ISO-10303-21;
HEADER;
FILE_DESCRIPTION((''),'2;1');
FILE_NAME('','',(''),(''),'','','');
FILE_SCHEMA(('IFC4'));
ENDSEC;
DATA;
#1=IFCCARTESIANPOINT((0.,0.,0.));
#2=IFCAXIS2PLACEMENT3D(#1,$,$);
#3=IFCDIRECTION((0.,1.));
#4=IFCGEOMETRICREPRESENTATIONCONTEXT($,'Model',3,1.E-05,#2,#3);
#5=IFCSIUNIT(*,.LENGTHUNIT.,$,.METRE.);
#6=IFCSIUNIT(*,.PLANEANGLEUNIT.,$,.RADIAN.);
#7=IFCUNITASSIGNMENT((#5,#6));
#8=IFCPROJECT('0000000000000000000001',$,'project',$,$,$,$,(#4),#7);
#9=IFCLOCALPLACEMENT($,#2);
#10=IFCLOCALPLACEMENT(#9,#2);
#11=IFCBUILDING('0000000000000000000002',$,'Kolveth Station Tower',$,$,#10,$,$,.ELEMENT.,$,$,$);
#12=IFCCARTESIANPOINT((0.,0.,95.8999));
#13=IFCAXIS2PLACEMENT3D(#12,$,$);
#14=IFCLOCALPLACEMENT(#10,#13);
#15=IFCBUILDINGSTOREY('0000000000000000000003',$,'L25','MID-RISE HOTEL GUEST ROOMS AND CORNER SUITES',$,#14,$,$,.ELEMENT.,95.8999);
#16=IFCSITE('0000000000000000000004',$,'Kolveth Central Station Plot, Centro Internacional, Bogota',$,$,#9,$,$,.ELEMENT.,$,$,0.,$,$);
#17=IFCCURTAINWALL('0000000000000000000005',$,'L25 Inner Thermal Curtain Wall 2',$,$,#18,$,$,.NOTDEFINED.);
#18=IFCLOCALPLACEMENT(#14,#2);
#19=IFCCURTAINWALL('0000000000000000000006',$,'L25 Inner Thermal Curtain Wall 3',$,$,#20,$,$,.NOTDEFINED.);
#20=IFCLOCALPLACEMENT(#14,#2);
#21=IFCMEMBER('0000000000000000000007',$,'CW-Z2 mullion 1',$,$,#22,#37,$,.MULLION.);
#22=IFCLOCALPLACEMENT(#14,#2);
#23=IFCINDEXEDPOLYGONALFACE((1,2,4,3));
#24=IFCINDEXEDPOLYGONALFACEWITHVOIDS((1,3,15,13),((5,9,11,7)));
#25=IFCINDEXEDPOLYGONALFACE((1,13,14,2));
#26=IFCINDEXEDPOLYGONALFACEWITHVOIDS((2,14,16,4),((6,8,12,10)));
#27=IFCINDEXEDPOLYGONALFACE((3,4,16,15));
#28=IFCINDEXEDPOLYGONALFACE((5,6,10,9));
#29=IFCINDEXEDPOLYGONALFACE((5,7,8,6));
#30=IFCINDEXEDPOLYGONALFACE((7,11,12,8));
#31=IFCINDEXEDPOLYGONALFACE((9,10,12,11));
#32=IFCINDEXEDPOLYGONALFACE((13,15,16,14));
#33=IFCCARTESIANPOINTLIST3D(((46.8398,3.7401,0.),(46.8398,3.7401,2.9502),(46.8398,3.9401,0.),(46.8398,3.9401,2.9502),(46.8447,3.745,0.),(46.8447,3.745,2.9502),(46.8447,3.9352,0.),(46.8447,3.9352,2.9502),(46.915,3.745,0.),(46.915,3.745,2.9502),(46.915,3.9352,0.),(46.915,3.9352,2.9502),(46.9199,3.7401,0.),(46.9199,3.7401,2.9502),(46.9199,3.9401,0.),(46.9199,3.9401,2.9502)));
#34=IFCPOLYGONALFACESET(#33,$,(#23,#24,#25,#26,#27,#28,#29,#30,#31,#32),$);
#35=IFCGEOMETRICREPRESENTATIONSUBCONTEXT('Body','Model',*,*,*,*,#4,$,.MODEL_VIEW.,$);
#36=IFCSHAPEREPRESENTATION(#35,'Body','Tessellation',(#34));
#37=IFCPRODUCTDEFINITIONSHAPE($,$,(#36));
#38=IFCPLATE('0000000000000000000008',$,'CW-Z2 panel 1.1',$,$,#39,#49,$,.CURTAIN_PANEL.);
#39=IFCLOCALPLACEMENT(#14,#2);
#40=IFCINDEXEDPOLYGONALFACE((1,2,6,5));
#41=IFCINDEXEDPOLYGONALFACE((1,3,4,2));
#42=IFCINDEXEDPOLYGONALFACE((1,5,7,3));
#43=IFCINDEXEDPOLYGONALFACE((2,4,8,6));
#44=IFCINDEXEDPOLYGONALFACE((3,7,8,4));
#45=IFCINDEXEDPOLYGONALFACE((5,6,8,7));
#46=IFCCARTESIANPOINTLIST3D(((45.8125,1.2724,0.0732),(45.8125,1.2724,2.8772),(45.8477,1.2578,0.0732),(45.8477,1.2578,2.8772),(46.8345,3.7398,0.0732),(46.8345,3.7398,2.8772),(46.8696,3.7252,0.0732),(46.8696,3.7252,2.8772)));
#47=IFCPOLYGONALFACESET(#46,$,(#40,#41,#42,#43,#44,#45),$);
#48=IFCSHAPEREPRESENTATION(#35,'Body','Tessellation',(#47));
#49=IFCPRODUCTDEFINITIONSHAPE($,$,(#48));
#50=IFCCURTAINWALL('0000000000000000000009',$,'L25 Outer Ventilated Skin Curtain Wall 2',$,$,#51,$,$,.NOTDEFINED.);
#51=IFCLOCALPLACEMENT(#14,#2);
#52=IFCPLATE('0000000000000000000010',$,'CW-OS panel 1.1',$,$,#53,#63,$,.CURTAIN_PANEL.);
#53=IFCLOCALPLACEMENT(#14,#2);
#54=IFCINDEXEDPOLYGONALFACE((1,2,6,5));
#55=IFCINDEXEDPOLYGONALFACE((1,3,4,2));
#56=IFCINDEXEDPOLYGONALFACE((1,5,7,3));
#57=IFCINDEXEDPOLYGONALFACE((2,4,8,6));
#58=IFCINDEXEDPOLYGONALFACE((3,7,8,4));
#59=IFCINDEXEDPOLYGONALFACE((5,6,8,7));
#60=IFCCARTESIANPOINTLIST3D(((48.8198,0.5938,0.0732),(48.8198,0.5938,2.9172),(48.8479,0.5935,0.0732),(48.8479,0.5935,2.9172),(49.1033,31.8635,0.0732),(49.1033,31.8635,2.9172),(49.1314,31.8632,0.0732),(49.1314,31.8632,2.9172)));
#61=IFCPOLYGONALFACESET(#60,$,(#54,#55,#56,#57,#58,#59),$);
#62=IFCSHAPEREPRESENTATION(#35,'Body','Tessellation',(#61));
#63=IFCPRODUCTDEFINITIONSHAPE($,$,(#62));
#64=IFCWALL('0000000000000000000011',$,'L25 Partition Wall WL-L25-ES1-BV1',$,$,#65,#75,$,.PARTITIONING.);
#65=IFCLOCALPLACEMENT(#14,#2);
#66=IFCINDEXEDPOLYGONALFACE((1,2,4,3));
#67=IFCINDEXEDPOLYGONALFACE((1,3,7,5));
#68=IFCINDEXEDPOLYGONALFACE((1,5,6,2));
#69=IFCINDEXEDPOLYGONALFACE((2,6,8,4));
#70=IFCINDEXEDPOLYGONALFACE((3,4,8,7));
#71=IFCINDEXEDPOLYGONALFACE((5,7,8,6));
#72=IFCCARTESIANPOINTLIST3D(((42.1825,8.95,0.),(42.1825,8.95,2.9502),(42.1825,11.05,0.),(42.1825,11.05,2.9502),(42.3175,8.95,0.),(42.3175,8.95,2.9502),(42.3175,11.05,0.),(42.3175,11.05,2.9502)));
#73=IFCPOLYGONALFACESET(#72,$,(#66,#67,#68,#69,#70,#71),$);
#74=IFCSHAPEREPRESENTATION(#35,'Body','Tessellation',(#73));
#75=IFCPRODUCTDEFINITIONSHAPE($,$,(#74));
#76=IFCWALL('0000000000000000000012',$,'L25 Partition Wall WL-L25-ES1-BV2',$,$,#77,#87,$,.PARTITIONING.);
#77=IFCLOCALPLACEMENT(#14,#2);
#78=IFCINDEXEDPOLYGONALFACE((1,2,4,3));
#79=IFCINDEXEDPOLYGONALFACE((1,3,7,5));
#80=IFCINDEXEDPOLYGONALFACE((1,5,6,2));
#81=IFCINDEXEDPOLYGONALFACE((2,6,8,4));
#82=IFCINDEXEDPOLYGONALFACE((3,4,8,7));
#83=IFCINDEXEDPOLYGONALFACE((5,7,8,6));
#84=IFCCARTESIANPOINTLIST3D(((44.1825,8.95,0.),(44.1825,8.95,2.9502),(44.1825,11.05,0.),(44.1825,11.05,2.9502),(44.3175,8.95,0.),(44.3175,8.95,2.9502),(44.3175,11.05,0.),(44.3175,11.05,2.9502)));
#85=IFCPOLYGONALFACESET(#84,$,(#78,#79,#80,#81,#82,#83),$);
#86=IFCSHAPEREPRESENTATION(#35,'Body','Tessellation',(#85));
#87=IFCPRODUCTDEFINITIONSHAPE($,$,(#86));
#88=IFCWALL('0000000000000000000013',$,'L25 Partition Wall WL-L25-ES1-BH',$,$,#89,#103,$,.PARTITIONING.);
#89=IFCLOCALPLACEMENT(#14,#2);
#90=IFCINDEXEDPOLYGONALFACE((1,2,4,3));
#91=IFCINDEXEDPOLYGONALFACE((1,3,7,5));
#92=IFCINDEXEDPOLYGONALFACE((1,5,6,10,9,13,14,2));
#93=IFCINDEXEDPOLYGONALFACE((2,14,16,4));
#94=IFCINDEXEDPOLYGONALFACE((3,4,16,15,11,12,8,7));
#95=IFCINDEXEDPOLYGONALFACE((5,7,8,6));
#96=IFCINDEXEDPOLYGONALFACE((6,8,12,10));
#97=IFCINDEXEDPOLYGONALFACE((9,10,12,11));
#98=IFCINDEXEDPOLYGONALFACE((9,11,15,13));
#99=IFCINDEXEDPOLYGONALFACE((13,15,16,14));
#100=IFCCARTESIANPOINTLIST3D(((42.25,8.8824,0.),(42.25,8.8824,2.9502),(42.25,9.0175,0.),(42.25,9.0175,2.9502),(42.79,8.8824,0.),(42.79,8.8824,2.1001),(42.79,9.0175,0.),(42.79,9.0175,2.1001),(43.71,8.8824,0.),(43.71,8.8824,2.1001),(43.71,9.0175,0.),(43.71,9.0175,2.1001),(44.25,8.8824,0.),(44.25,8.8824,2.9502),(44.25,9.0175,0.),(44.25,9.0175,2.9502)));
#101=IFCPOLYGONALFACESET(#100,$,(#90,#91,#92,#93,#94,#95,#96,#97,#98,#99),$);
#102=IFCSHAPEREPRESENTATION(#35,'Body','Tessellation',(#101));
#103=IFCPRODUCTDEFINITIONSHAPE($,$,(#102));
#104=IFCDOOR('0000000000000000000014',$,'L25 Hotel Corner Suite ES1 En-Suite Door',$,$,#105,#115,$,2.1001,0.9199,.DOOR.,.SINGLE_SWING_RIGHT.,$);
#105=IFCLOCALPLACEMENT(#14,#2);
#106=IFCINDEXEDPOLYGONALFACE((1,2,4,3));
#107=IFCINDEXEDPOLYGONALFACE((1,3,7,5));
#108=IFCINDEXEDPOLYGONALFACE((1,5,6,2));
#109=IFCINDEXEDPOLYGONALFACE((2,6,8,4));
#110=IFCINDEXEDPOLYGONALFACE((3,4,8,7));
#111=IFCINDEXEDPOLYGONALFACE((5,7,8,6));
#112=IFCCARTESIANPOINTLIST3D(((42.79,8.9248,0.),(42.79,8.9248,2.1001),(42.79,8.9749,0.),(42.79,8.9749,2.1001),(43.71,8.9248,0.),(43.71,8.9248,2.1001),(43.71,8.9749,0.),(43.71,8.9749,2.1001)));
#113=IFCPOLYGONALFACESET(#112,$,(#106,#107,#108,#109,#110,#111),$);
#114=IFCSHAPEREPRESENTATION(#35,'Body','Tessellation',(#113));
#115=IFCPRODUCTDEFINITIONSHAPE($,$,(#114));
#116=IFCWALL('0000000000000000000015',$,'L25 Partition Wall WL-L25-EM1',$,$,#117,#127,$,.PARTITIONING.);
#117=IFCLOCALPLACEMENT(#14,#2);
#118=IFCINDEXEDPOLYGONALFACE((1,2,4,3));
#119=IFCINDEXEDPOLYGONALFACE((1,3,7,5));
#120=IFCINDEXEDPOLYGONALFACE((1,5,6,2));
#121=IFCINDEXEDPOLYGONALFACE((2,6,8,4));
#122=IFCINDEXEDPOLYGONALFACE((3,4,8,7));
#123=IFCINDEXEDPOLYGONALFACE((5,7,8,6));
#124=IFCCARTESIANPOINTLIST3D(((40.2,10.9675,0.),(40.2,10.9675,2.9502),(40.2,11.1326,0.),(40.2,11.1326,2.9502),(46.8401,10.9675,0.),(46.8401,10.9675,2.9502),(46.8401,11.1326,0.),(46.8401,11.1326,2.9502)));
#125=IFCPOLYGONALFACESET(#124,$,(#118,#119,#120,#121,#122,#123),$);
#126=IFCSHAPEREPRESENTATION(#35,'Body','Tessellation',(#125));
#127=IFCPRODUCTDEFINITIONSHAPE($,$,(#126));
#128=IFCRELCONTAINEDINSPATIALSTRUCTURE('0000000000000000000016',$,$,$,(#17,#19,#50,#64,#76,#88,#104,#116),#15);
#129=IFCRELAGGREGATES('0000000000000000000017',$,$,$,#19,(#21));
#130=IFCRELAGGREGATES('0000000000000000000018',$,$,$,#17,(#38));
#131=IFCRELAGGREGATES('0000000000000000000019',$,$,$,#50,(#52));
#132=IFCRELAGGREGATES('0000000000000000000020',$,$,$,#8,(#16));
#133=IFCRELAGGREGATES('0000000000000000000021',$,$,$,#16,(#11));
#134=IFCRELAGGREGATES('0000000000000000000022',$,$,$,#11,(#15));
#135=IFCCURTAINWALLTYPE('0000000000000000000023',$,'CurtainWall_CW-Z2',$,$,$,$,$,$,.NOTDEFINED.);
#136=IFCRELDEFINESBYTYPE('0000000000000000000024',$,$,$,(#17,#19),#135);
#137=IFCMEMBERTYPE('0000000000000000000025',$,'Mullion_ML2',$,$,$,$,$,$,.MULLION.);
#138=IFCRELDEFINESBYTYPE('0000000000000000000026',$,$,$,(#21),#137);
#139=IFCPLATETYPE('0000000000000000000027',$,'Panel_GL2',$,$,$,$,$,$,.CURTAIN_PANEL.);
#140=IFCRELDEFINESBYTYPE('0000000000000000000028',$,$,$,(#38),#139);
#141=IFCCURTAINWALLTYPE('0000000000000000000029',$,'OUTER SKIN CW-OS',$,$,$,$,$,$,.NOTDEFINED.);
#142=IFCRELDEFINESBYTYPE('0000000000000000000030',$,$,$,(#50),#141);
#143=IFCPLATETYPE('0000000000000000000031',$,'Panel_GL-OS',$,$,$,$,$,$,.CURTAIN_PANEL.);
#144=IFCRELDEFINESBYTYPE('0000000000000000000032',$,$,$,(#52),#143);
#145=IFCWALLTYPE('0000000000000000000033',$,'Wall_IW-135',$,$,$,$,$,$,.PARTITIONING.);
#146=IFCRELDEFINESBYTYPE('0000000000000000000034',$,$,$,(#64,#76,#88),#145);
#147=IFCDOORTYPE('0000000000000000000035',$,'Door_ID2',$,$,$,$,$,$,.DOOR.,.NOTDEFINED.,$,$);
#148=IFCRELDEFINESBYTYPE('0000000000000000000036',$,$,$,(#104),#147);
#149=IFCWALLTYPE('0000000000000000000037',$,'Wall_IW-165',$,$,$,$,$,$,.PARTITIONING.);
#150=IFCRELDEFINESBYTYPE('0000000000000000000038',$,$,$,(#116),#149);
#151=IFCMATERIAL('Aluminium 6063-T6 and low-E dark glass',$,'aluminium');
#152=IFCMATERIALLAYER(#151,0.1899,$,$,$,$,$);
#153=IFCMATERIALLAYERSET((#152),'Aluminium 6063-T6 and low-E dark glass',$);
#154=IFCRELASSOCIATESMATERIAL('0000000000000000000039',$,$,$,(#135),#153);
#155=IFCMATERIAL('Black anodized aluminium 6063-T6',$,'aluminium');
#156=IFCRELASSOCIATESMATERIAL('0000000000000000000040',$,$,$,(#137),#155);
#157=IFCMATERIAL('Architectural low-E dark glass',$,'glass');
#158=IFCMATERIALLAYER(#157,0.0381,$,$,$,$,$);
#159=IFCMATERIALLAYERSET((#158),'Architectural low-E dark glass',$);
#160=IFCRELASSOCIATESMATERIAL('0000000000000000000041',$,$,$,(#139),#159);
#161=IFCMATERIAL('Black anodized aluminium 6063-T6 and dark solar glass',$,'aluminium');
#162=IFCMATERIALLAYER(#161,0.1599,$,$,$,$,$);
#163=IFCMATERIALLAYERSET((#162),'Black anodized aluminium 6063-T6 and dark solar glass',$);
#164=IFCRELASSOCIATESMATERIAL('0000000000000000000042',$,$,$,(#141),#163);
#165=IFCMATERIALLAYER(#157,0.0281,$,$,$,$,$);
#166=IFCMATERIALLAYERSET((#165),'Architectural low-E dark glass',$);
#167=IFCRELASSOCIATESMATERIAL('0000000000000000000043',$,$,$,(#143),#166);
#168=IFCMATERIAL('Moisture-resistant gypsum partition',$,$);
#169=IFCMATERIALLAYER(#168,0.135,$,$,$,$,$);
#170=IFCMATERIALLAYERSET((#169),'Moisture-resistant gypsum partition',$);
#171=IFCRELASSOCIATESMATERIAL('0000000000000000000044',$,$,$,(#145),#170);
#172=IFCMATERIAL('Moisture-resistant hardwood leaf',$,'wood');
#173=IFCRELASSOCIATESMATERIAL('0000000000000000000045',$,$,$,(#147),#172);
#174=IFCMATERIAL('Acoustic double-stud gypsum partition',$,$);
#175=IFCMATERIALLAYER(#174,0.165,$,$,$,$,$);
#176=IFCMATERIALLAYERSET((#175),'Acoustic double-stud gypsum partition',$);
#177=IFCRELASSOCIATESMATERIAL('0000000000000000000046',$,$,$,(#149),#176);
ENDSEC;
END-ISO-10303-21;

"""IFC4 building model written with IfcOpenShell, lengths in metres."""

from ifc_helpers import new_model, si_unit, direction, frame, frame_2d, origin, origin_2d, place, context, subcontext, project, spatial, rectangle, hollow_rectangle, extrude, source, transform, mapped, material, layer, layer_set, material_profile, profile_set, type_object, element, fill, aggregate, save


model = new_model("IFC4")

# Units and contexts
model_context = context("Model", 3, precision=1e-05, world=origin(), true_north=direction((0.0, 1.0)))
body_context = subcontext(model_context, "Body", "Model", "MODEL_VIEW")
ifc_project = project(units=[si_unit("LENGTHUNIT", "METRE"), si_unit("PLANEANGLEUNIT", "RADIAN")], contexts=[model_context])

# Site, building, storey
site_placement = place(None, origin())
site = spatial("IfcSite", under=ifc_project, at=site_placement, Name="Kolveth Central Station Plot, Centro Internacional, Bogota", CompositionType="ELEMENT", RefElevation=0.0)
building_placement = place(site_placement, origin())
building = spatial("IfcBuilding", under=site, at=building_placement, Name="Kolveth Station Tower", CompositionType="ELEMENT")
storey_placement = place(building_placement, frame((0.0, 0.0, 95.8999)))
storey = spatial("IfcBuildingStorey", under=building, at=storey_placement, Name="L25", Description="MID-RISE HOTEL GUEST ROOMS AND CORNER SUITES", CompositionType="ELEMENT", Elevation=95.8999)

# Curtain walls
ifc_material_1 = material(Name="Aluminium 6063-T6 and low-E dark glass", Category="aluminium")
ifc_layer_1 = layer(ifc_material_1, 0.1899)
ifc_layer_set_1 = layer_set([ifc_layer_1], Name="Aluminium 6063-T6 and low-E dark glass")
curtain_wall_type_1 = type_object("IfcCurtainWallType", Name="CurtainWall_CW-Z2", PredefinedType="NOTDEFINED", material=ifc_layer_set_1)
curtain_wall_1_placement = place(storey_placement, origin())
curtain_wall_1 = element("IfcCurtainWall", 1, at=curtain_wall_1_placement, inside=storey, type_object=curtain_wall_type_1, Name="L25 Inner Thermal Curtain Wall 2", PredefinedType="NOTDEFINED")
ifc_material_2 = material(Name="Black anodized aluminium 6063-T6", Category="aluminium")
curtain_wall_2_placement = place(storey_placement, origin())
curtain_wall_2 = element("IfcCurtainWall", 2, at=curtain_wall_2_placement, inside=storey, type_object=curtain_wall_type_1, Name="L25 Inner Thermal Curtain Wall 3", PredefinedType="NOTDEFINED")

# Member
ifc_material_profile_1 = material_profile(ifc_material_2, hollow_rectangle(XDim=0.0801, YDim=0.2, WallThickness=0.0049, at=origin_2d()), Name="ALU-80x200x5")
ifc_profile_set_1 = profile_set([ifc_material_profile_1], Name="Black anodized aluminium 6063-T6")
member_type_1 = type_object("IfcMemberType", Name="Mullion_ML2", PredefinedType="MULLION", material=ifc_profile_set_1)
shared_shape_1 = source(origin(), body_context, "Body", "SweptSolid", [
    extrude(hollow_rectangle(XDim=0.0801, YDim=0.2, WallThickness=0.0049, at=origin_2d()), origin(), (0.0, 0.0, 1.0), 2.9502),
])
member_1_placement = place(storey_placement, frame((46.8799, 3.8401, 0.0), z_axis=(0.0, 0.0, 1.0), x_axis=(-1.0, 0.0, 0.0)))
member_1 = element("IfcMember", 3, at=member_1_placement, type_object=member_type_1, Name="CW-Z2 mullion 1", PredefinedType="MULLION", context=body_context, shape_type="MappedRepresentation", body=[
    mapped(shared_shape_1, transform((0.0, 0.0, 0.0), x_axis=(1.0, 0.0, 0.0), y_axis=(0.0, 1.0, 0.0), z_axis=(0.0, 0.0, 1.0), scale=1.0)),
])
aggregate(curtain_wall_2, [member_1])

# Plate
ifc_material_3 = material(Name="Architectural low-E dark glass", Category="glass")
ifc_layer_2 = layer(ifc_material_3, 0.0381)
ifc_layer_set_2 = layer_set([ifc_layer_2], Name="Architectural low-E dark glass")
plate_type_1 = type_object("IfcPlateType", Name="Panel_GL2", PredefinedType="CURTAIN_PANEL", material=ifc_layer_set_2)
shared_shape_2 = source(origin(), body_context, "Body", "SweptSolid", [
    extrude(rectangle(XDim=2.6707, YDim=0.0381, at=origin_2d()), origin(), (0.0, 0.0, 1.0), 2.804),
])
plate_1_placement = place(storey_placement, frame((46.3411, 2.4988, 0.0732), z_axis=(0.0, 0.0, 1.0), x_axis=(0.382663, 0.923888, 0.0)))
plate_1 = element("IfcPlate", 4, at=plate_1_placement, type_object=plate_type_1, Name="CW-Z2 panel 1.1", PredefinedType="CURTAIN_PANEL", context=body_context, shape_type="MappedRepresentation", body=[
    mapped(shared_shape_2, transform((0.0, 0.0, 0.0), x_axis=(1.0, 0.0, 0.0), y_axis=(0.0, 1.0, 0.0), z_axis=(0.0, 0.0, 1.0), scale=1.0)),
])
aggregate(curtain_wall_1, [plate_1])

# Curtain wall, plate
ifc_material_4 = material(Name="Black anodized aluminium 6063-T6 and dark solar glass", Category="aluminium")
ifc_layer_3 = layer(ifc_material_4, 0.1599)
ifc_layer_set_3 = layer_set([ifc_layer_3], Name="Black anodized aluminium 6063-T6 and dark solar glass")
curtain_wall_type_2 = type_object("IfcCurtainWallType", Name="OUTER SKIN CW-OS", PredefinedType="NOTDEFINED", material=ifc_layer_set_3)
curtain_wall_3_placement = place(storey_placement, origin())
curtain_wall_3 = element("IfcCurtainWall", 5, at=curtain_wall_3_placement, inside=storey, type_object=curtain_wall_type_2, Name="L25 Outer Ventilated Skin Curtain Wall 2", PredefinedType="NOTDEFINED")
ifc_layer_4 = layer(ifc_material_3, 0.0281)
ifc_layer_set_4 = layer_set([ifc_layer_4], Name="Architectural low-E dark glass")
plate_type_2 = type_object("IfcPlateType", Name="Panel_GL-OS", PredefinedType="CURTAIN_PANEL", material=ifc_layer_set_4)
shared_shape_3 = source(origin(), body_context, "Body", "SweptSolid", [
    extrude(rectangle(XDim=31.271, YDim=0.0281, at=origin_2d()), origin(), (0.0, 0.0, 1.0), 2.844),
])
plate_2_placement = place(storey_placement, frame((48.9756, 16.2285, 0.0732), z_axis=(0.0, 0.0, 1.0), x_axis=(0.009066, 0.999959, 0.0)))
plate_2 = element("IfcPlate", 6, at=plate_2_placement, type_object=plate_type_2, Name="CW-OS panel 1.1", PredefinedType="CURTAIN_PANEL", context=body_context, shape_type="MappedRepresentation", body=[
    mapped(shared_shape_3, transform((0.0, 0.0, 0.0), x_axis=(1.0, 0.0, 0.0), y_axis=(0.0, 1.0, 0.0), z_axis=(0.0, 0.0, 1.0), scale=1.0)),
])
aggregate(curtain_wall_3, [plate_2])

# Walls
ifc_material_5 = material(Name="Moisture-resistant gypsum partition")
ifc_layer_5 = layer(ifc_material_5, 0.135)
ifc_layer_set_5 = layer_set([ifc_layer_5], Name="Moisture-resistant gypsum partition")
wall_type_1 = type_object("IfcWallType", Name="Wall_IW-135", PredefinedType="PARTITIONING", material=ifc_layer_set_5)
for number, where, z_axis, x_axis, name in (
    (7, (42.25, 8.95, 0.0), (0.0, 0.0, 1.0), (0.0, 1.0, 0.0), "L25 Partition Wall WL-L25-ES1-BV1"),
    (8, (44.25, 8.95, 0.0), (0.0, 0.0, 1.0), (0.0, 1.0, 0.0), "L25 Partition Wall WL-L25-ES1-BV2"),
):
    element("IfcWall", number, at=place(storey_placement, frame(where, z_axis=z_axis, x_axis=x_axis)), inside=storey, type_object=wall_type_1, Name=name, PredefinedType="PARTITIONING", context=body_context, shape_type="SweptSolid", body=[
        extrude(rectangle(XDim=2.1001, YDim=0.135, at=frame_2d((1.05, 0.0))), origin(), (0.0, 0.0, 1.0), 2.9502),
    ])

# Wall, opening, door
wall_1_placement = place(storey_placement, frame((42.25, 8.95, 0.0), z_axis=(0.0, 0.0, 1.0), x_axis=(1.0, 0.0, 0.0)))
wall_1 = element("IfcWall", 9, at=wall_1_placement, inside=storey, type_object=wall_type_1, Name="L25 Partition Wall WL-L25-ES1-BH", PredefinedType="PARTITIONING", context=body_context, shape_type="SweptSolid", body=[
    extrude(rectangle(XDim=2.0, YDim=0.135, at=frame_2d((1.0, 0.0))), origin(), (0.0, 0.0, 1.0), 2.9502),
])
opening_placement = place(wall_1_placement, frame((0.54, 0.0, 0.0)))
opening = element("IfcOpeningElement", 10, at=opening_placement, cuts=wall_1, PredefinedType="OPENING", context=body_context, shape_type="SweptSolid", body=[
    extrude(rectangle(XDim=0.9199, YDim=2.1001, at=frame_2d((0.46, 1.05))), frame((0.0, 0.0774, 0.0), z_axis=(0.0, -1.0, 0.0), x_axis=(1.0, 0.0, 0.0)), (0.0, 0.0, 1.0), 0.155),
])
ifc_material_6 = material(Name="Moisture-resistant hardwood leaf", Category="wood")
door_type = type_object("IfcDoorType", Name="Door_ID2", OperationType="NOTDEFINED", PredefinedType="DOOR", material=ifc_material_6)
door_placement = place(opening_placement, origin())
door = element("IfcDoor", 11, at=door_placement, inside=storey, type_object=door_type, Name="L25 Hotel Corner Suite ES1 En-Suite Door", OperationType="SINGLE_SWING_RIGHT", OverallHeight=2.1001, OverallWidth=0.9199, PredefinedType="DOOR", context=body_context, shape_type="SweptSolid", body=[
    extrude(rectangle(XDim=0.9199, YDim=2.1001, at=frame_2d((0.46, 1.05))), frame((0.0, 0.0249, 0.0), z_axis=(0.0, -1.0, 0.0), x_axis=(1.0, 0.0, 0.0)), (0.0, 0.0, 1.0), 0.05),
])
fill(opening, door)

# Wall
ifc_material_7 = material(Name="Acoustic double-stud gypsum partition")
ifc_layer_6 = layer(ifc_material_7, 0.165)
ifc_layer_set_6 = layer_set([ifc_layer_6], Name="Acoustic double-stud gypsum partition")
wall_type_2 = type_object("IfcWallType", Name="Wall_IW-165", PredefinedType="PARTITIONING", material=ifc_layer_set_6)
wall_2_placement = place(storey_placement, frame((40.2, 11.05, 0.0), z_axis=(0.0, 0.0, 1.0), x_axis=(1.0, 0.0, 0.0)))
element("IfcWall", 12, at=wall_2_placement, inside=storey, type_object=wall_type_2, Name="L25 Partition Wall WL-L25-EM1", PredefinedType="PARTITIONING", context=body_context, shape_type="SweptSolid", body=[
    extrude(rectangle(XDim=6.6401, YDim=0.165, at=frame_2d((3.3201, 0.0))), origin(), (0.0, 0.0, 1.0), 2.9502),
])

save(model, "model.ifc")
